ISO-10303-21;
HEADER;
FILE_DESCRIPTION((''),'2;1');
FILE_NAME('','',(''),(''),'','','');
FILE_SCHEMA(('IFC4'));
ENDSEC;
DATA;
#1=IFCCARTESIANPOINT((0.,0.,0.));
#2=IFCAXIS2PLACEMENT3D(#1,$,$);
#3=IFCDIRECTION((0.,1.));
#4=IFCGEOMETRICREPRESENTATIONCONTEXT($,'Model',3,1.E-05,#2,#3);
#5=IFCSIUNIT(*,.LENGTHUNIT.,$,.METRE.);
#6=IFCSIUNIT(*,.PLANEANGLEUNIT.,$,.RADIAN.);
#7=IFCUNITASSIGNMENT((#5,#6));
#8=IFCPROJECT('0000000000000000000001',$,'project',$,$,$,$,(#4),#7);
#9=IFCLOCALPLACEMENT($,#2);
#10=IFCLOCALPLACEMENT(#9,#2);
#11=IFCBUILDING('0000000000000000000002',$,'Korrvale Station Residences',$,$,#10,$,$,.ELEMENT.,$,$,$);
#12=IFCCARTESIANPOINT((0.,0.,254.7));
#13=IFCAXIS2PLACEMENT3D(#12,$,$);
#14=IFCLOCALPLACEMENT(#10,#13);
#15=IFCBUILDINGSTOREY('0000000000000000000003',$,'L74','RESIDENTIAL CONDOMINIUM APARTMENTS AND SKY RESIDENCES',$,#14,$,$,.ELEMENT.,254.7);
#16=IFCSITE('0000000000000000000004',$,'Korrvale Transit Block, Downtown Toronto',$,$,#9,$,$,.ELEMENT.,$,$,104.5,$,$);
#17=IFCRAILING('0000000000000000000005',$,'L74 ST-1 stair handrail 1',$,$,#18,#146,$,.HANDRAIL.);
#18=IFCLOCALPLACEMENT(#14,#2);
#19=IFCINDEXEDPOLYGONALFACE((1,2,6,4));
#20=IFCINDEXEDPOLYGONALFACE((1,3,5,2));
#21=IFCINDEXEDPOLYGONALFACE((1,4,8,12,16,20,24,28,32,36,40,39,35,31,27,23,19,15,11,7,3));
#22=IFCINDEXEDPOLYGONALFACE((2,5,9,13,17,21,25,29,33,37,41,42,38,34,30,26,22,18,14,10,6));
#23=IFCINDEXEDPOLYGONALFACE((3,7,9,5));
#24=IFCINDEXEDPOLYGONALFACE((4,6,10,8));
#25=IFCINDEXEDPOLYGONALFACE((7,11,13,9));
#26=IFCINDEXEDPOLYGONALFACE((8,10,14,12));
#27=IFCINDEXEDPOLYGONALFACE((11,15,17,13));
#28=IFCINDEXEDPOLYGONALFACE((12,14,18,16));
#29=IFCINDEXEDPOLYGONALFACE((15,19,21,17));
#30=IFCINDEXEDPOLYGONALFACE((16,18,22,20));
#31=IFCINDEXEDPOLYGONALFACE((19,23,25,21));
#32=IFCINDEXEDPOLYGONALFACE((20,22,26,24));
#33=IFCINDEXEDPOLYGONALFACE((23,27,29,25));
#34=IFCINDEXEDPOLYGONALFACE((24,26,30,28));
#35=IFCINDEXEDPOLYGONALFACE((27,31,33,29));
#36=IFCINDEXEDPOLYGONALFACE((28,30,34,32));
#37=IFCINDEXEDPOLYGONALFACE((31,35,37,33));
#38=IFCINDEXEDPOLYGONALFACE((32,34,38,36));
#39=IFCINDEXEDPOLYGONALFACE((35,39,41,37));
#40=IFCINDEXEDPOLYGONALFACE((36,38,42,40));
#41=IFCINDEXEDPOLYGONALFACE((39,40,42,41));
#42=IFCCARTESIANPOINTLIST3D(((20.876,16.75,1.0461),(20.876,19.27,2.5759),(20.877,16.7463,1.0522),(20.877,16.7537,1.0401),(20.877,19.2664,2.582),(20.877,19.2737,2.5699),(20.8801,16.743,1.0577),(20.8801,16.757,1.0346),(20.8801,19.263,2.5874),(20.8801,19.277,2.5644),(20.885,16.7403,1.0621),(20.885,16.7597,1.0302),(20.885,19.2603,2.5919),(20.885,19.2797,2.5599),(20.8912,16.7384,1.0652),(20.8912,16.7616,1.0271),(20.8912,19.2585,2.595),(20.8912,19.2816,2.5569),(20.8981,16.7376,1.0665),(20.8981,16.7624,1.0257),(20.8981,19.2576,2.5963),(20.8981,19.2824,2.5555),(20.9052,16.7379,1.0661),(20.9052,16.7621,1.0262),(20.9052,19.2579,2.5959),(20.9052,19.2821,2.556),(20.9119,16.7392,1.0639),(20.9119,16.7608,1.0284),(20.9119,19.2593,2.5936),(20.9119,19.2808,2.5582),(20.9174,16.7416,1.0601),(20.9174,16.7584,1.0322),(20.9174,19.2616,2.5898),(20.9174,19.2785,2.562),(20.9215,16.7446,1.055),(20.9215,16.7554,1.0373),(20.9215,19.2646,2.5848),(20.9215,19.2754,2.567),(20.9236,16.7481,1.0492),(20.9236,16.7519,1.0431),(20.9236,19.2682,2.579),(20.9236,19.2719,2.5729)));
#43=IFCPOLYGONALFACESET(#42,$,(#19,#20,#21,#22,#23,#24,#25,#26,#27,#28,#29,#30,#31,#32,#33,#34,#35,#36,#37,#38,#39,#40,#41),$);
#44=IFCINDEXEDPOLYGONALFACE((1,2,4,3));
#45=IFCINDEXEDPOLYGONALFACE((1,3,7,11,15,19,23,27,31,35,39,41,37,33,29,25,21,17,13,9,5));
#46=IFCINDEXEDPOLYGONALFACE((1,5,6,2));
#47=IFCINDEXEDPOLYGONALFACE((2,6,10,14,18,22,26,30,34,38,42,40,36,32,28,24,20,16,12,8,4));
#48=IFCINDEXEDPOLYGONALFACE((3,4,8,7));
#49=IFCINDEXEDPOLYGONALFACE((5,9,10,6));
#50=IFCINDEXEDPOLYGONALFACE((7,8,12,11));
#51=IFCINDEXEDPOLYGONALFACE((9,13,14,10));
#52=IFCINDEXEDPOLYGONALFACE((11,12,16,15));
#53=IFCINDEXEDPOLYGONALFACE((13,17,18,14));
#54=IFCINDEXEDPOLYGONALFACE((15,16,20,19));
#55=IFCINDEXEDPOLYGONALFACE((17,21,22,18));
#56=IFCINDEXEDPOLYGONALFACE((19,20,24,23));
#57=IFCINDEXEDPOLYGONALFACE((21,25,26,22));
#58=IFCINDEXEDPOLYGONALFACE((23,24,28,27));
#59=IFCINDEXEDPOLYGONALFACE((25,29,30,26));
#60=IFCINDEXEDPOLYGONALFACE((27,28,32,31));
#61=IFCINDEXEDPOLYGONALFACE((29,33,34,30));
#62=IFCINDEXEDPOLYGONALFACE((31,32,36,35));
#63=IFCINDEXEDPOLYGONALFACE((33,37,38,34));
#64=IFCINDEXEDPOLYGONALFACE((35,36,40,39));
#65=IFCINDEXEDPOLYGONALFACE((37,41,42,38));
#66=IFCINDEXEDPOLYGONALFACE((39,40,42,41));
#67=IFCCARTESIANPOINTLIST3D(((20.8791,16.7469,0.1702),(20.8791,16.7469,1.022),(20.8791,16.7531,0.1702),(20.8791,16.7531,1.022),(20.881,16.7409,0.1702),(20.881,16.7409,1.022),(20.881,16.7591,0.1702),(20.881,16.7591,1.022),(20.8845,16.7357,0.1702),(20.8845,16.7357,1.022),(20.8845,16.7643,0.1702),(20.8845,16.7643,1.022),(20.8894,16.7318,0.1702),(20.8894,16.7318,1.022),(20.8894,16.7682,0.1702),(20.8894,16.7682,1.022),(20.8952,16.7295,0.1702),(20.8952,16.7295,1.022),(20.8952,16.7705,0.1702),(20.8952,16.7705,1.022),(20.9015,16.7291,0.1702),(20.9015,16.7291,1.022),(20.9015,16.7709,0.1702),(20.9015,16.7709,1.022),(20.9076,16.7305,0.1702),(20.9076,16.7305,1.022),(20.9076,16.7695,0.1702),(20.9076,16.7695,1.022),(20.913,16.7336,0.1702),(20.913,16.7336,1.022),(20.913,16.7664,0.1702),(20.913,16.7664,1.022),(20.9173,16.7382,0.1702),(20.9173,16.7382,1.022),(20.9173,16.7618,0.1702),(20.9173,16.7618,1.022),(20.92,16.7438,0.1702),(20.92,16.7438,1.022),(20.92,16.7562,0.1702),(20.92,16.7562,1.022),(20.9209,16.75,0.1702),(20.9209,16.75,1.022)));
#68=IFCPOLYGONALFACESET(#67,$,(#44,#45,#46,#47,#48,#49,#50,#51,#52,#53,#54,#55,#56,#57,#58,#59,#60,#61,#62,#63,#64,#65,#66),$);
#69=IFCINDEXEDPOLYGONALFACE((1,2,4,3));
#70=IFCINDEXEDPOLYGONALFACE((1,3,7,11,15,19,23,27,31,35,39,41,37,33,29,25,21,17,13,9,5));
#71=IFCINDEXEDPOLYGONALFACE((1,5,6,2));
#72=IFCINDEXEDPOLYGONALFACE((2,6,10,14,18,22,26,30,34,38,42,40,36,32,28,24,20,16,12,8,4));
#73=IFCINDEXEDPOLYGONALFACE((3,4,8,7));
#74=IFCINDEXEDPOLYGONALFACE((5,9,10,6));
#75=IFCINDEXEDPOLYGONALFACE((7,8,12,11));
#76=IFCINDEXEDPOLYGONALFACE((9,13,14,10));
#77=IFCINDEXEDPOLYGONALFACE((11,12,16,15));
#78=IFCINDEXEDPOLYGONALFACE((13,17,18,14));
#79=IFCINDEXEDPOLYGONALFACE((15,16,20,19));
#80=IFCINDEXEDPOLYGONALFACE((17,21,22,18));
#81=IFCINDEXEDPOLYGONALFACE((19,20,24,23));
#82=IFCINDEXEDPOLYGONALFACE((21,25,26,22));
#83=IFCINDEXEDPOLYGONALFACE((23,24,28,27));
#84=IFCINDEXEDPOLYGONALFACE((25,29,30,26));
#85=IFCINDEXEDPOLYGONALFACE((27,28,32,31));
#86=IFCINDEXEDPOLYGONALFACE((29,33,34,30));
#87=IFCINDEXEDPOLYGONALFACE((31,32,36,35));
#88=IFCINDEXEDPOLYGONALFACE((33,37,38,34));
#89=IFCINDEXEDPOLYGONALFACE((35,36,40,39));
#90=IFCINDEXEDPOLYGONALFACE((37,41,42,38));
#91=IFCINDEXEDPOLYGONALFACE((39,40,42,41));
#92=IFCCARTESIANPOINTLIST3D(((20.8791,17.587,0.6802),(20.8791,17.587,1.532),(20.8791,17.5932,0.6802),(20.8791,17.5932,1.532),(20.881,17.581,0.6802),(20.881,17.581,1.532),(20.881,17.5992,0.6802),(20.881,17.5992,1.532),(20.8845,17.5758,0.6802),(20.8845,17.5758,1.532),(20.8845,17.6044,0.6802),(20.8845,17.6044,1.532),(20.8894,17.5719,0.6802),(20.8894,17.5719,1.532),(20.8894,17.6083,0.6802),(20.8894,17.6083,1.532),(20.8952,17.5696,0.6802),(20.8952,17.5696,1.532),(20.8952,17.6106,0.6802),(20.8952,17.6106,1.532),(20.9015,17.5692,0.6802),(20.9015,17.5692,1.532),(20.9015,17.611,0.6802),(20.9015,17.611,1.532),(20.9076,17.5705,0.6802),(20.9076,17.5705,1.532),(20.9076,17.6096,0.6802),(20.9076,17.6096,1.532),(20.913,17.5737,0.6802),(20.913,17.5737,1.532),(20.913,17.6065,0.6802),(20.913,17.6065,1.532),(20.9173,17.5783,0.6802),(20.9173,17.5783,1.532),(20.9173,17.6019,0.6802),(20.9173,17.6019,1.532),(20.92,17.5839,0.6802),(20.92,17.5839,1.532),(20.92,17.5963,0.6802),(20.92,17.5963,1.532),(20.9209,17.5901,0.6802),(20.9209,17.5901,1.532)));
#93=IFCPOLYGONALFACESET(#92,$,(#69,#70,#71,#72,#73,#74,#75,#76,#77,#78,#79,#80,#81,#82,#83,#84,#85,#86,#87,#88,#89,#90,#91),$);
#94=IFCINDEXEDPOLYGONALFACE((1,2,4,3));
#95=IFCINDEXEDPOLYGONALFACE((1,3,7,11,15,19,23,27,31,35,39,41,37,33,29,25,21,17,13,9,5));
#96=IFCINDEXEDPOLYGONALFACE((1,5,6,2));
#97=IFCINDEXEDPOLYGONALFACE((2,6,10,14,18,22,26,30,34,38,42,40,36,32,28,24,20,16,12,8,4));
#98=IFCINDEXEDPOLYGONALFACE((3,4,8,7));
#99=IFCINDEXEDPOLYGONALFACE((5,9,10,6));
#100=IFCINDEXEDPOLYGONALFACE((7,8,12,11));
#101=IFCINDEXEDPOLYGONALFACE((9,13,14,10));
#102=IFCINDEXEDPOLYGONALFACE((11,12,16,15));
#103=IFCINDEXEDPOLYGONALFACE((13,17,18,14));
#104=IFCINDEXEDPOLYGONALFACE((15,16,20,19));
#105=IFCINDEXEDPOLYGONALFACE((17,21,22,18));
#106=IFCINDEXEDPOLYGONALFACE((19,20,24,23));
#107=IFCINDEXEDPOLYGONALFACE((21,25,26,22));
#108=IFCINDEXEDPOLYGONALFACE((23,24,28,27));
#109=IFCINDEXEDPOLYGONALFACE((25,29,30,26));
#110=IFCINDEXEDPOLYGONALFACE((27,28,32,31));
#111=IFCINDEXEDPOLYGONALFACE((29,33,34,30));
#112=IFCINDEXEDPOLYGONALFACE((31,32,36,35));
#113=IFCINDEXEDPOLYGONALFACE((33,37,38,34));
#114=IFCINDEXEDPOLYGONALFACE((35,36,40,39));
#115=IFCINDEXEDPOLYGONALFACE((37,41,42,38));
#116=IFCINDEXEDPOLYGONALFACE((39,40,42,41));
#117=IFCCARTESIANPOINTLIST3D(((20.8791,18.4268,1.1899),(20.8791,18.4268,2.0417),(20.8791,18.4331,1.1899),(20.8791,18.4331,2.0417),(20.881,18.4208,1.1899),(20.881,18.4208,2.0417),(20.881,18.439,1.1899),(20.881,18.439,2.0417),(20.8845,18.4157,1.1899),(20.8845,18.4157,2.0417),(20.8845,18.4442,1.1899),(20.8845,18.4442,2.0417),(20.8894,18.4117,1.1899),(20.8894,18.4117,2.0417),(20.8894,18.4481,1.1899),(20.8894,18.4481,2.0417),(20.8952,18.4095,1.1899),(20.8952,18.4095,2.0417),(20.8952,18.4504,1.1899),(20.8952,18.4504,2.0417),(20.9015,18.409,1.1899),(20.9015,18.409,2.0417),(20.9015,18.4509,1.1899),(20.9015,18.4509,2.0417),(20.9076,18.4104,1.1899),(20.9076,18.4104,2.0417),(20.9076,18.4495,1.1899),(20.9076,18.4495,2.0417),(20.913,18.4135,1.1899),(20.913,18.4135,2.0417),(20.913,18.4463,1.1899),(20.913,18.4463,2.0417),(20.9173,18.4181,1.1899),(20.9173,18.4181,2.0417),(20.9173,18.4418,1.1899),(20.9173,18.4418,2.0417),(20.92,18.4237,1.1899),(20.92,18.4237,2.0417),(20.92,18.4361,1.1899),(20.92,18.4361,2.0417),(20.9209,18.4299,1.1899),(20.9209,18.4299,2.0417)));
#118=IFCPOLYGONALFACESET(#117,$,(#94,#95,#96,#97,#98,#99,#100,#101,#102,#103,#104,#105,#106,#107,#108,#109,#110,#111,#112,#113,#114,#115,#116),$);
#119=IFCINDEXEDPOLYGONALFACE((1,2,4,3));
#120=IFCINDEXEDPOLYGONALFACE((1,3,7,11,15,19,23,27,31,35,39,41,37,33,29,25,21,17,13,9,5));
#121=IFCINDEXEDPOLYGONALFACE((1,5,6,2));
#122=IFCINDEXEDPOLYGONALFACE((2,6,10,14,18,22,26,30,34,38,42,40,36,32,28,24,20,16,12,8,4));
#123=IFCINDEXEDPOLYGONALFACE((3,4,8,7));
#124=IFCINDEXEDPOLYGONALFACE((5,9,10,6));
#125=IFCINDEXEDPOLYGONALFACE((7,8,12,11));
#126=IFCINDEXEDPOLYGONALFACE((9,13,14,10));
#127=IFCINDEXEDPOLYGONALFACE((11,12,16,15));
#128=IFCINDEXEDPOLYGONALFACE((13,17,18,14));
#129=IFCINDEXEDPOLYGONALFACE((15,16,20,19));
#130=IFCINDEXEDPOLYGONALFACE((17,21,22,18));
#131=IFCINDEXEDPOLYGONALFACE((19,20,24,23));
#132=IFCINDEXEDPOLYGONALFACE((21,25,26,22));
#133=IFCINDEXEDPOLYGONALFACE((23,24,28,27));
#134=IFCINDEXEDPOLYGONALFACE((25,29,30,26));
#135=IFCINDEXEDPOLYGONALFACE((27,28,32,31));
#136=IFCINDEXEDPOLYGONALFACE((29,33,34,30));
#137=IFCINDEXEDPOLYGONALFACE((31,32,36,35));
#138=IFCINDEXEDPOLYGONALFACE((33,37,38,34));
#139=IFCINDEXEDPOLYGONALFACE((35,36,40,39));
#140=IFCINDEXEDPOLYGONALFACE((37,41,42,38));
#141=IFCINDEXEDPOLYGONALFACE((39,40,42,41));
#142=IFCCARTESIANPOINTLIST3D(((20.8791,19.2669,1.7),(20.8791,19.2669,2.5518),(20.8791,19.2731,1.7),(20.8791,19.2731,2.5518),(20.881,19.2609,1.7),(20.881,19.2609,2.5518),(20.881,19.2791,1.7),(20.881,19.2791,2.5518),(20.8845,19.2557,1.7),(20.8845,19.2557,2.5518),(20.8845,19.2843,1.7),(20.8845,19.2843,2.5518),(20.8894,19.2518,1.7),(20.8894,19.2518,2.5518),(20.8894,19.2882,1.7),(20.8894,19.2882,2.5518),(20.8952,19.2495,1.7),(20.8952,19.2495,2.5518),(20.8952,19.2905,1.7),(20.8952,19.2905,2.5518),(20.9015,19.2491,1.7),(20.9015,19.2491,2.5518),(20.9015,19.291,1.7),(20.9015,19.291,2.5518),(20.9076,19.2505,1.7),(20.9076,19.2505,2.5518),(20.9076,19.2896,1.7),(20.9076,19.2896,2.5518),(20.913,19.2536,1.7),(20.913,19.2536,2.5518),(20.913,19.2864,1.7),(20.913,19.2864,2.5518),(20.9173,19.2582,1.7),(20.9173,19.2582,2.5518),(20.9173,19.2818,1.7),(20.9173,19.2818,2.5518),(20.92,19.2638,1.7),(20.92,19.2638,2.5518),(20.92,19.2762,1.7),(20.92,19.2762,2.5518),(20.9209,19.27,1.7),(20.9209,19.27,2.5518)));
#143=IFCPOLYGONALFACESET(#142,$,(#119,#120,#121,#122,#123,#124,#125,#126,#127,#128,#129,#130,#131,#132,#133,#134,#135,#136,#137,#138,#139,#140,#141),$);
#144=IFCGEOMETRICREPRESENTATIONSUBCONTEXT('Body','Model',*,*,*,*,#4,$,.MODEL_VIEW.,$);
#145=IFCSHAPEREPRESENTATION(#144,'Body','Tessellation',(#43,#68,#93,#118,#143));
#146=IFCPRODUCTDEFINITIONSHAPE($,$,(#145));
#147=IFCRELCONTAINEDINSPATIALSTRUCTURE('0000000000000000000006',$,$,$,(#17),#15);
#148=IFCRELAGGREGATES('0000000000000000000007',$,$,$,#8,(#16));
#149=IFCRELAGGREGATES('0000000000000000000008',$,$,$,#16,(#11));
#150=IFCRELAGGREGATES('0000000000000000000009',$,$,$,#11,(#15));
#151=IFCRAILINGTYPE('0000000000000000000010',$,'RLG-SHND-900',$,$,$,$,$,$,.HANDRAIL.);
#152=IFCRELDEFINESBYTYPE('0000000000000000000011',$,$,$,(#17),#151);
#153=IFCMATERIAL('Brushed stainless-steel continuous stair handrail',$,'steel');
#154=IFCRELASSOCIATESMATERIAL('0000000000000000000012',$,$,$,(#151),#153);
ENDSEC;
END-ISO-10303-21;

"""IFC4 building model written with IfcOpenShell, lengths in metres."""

from ifc_helpers import new_model, si_unit, direction, frame, origin, origin_2d, place, context, subcontext, project, spatial, circle, extrude, material, type_object, element, save


model = new_model("IFC4")

# Units and contexts
model_context = context("Model", 3, precision=1e-05, world=origin(), true_north=direction((0.0, 1.0)))
body_context = subcontext(model_context, "Body", "Model", "MODEL_VIEW")
ifc_project = project(units=[si_unit("LENGTHUNIT", "METRE"), si_unit("PLANEANGLEUNIT", "RADIAN")], contexts=[model_context])

# Site, building, storey
site_placement = place(None, origin())
site = spatial("IfcSite", under=ifc_project, at=site_placement, Name="Korrvale Transit Block, Downtown Toronto", CompositionType="ELEMENT", RefElevation=104.5)
building_placement = place(site_placement, origin())
building = spatial("IfcBuilding", under=site, at=building_placement, Name="Korrvale Station Residences", CompositionType="ELEMENT")
storey_placement = place(building_placement, frame((0.0, 0.0, 254.7)))
storey = spatial("IfcBuildingStorey", under=building, at=storey_placement, Name="L74", Description="RESIDENTIAL CONDOMINIUM APARTMENTS AND SKY RESIDENCES", CompositionType="ELEMENT", Elevation=254.7)

# Railing
ifc_material_1 = material(Name="Brushed stainless-steel continuous stair handrail", Category="steel")
railing_type_1 = type_object("IfcRailingType", Name="RLG-SHND-900", PredefinedType="HANDRAIL", material=ifc_material_1)
railing_1_placement = place(storey_placement, frame((20.8999, 16.75, 0.1702)))
element("IfcRailing", 1, at=railing_1_placement, inside=storey, type_object=railing_type_1, Name="L74 ST-1 stair handrail 1", PredefinedType="HANDRAIL", context=body_context, shape_type="SweptSolid", body=[
    extrude(circle(Radius=0.0239, at=origin_2d()), frame((0.0, 0.0, 0.876), z_axis=(0.0, 0.854822, 0.518922), x_axis=(-1.0, 0.0, 0.0)), (0.0, 0.0, 1.0), 2.948),
    extrude(circle(Radius=0.021, at=origin_2d()), origin(), (0.0, 0.0, 1.0), 0.8518),
    extrude(circle(Radius=0.021, at=origin_2d()), frame((0.0, 0.8401, 0.51)), (0.0, 0.0, 1.0), 0.8518),
    extrude(circle(Radius=0.021, at=origin_2d()), frame((0.0, 1.6799, 1.0198)), (0.0, 0.0, 1.0), 0.8518),
    extrude(circle(Radius=0.021, at=origin_2d()), frame((0.0, 2.52, 1.5298)), (0.0, 0.0, 1.0), 0.8518),
])

save(model, "model.ifc")
